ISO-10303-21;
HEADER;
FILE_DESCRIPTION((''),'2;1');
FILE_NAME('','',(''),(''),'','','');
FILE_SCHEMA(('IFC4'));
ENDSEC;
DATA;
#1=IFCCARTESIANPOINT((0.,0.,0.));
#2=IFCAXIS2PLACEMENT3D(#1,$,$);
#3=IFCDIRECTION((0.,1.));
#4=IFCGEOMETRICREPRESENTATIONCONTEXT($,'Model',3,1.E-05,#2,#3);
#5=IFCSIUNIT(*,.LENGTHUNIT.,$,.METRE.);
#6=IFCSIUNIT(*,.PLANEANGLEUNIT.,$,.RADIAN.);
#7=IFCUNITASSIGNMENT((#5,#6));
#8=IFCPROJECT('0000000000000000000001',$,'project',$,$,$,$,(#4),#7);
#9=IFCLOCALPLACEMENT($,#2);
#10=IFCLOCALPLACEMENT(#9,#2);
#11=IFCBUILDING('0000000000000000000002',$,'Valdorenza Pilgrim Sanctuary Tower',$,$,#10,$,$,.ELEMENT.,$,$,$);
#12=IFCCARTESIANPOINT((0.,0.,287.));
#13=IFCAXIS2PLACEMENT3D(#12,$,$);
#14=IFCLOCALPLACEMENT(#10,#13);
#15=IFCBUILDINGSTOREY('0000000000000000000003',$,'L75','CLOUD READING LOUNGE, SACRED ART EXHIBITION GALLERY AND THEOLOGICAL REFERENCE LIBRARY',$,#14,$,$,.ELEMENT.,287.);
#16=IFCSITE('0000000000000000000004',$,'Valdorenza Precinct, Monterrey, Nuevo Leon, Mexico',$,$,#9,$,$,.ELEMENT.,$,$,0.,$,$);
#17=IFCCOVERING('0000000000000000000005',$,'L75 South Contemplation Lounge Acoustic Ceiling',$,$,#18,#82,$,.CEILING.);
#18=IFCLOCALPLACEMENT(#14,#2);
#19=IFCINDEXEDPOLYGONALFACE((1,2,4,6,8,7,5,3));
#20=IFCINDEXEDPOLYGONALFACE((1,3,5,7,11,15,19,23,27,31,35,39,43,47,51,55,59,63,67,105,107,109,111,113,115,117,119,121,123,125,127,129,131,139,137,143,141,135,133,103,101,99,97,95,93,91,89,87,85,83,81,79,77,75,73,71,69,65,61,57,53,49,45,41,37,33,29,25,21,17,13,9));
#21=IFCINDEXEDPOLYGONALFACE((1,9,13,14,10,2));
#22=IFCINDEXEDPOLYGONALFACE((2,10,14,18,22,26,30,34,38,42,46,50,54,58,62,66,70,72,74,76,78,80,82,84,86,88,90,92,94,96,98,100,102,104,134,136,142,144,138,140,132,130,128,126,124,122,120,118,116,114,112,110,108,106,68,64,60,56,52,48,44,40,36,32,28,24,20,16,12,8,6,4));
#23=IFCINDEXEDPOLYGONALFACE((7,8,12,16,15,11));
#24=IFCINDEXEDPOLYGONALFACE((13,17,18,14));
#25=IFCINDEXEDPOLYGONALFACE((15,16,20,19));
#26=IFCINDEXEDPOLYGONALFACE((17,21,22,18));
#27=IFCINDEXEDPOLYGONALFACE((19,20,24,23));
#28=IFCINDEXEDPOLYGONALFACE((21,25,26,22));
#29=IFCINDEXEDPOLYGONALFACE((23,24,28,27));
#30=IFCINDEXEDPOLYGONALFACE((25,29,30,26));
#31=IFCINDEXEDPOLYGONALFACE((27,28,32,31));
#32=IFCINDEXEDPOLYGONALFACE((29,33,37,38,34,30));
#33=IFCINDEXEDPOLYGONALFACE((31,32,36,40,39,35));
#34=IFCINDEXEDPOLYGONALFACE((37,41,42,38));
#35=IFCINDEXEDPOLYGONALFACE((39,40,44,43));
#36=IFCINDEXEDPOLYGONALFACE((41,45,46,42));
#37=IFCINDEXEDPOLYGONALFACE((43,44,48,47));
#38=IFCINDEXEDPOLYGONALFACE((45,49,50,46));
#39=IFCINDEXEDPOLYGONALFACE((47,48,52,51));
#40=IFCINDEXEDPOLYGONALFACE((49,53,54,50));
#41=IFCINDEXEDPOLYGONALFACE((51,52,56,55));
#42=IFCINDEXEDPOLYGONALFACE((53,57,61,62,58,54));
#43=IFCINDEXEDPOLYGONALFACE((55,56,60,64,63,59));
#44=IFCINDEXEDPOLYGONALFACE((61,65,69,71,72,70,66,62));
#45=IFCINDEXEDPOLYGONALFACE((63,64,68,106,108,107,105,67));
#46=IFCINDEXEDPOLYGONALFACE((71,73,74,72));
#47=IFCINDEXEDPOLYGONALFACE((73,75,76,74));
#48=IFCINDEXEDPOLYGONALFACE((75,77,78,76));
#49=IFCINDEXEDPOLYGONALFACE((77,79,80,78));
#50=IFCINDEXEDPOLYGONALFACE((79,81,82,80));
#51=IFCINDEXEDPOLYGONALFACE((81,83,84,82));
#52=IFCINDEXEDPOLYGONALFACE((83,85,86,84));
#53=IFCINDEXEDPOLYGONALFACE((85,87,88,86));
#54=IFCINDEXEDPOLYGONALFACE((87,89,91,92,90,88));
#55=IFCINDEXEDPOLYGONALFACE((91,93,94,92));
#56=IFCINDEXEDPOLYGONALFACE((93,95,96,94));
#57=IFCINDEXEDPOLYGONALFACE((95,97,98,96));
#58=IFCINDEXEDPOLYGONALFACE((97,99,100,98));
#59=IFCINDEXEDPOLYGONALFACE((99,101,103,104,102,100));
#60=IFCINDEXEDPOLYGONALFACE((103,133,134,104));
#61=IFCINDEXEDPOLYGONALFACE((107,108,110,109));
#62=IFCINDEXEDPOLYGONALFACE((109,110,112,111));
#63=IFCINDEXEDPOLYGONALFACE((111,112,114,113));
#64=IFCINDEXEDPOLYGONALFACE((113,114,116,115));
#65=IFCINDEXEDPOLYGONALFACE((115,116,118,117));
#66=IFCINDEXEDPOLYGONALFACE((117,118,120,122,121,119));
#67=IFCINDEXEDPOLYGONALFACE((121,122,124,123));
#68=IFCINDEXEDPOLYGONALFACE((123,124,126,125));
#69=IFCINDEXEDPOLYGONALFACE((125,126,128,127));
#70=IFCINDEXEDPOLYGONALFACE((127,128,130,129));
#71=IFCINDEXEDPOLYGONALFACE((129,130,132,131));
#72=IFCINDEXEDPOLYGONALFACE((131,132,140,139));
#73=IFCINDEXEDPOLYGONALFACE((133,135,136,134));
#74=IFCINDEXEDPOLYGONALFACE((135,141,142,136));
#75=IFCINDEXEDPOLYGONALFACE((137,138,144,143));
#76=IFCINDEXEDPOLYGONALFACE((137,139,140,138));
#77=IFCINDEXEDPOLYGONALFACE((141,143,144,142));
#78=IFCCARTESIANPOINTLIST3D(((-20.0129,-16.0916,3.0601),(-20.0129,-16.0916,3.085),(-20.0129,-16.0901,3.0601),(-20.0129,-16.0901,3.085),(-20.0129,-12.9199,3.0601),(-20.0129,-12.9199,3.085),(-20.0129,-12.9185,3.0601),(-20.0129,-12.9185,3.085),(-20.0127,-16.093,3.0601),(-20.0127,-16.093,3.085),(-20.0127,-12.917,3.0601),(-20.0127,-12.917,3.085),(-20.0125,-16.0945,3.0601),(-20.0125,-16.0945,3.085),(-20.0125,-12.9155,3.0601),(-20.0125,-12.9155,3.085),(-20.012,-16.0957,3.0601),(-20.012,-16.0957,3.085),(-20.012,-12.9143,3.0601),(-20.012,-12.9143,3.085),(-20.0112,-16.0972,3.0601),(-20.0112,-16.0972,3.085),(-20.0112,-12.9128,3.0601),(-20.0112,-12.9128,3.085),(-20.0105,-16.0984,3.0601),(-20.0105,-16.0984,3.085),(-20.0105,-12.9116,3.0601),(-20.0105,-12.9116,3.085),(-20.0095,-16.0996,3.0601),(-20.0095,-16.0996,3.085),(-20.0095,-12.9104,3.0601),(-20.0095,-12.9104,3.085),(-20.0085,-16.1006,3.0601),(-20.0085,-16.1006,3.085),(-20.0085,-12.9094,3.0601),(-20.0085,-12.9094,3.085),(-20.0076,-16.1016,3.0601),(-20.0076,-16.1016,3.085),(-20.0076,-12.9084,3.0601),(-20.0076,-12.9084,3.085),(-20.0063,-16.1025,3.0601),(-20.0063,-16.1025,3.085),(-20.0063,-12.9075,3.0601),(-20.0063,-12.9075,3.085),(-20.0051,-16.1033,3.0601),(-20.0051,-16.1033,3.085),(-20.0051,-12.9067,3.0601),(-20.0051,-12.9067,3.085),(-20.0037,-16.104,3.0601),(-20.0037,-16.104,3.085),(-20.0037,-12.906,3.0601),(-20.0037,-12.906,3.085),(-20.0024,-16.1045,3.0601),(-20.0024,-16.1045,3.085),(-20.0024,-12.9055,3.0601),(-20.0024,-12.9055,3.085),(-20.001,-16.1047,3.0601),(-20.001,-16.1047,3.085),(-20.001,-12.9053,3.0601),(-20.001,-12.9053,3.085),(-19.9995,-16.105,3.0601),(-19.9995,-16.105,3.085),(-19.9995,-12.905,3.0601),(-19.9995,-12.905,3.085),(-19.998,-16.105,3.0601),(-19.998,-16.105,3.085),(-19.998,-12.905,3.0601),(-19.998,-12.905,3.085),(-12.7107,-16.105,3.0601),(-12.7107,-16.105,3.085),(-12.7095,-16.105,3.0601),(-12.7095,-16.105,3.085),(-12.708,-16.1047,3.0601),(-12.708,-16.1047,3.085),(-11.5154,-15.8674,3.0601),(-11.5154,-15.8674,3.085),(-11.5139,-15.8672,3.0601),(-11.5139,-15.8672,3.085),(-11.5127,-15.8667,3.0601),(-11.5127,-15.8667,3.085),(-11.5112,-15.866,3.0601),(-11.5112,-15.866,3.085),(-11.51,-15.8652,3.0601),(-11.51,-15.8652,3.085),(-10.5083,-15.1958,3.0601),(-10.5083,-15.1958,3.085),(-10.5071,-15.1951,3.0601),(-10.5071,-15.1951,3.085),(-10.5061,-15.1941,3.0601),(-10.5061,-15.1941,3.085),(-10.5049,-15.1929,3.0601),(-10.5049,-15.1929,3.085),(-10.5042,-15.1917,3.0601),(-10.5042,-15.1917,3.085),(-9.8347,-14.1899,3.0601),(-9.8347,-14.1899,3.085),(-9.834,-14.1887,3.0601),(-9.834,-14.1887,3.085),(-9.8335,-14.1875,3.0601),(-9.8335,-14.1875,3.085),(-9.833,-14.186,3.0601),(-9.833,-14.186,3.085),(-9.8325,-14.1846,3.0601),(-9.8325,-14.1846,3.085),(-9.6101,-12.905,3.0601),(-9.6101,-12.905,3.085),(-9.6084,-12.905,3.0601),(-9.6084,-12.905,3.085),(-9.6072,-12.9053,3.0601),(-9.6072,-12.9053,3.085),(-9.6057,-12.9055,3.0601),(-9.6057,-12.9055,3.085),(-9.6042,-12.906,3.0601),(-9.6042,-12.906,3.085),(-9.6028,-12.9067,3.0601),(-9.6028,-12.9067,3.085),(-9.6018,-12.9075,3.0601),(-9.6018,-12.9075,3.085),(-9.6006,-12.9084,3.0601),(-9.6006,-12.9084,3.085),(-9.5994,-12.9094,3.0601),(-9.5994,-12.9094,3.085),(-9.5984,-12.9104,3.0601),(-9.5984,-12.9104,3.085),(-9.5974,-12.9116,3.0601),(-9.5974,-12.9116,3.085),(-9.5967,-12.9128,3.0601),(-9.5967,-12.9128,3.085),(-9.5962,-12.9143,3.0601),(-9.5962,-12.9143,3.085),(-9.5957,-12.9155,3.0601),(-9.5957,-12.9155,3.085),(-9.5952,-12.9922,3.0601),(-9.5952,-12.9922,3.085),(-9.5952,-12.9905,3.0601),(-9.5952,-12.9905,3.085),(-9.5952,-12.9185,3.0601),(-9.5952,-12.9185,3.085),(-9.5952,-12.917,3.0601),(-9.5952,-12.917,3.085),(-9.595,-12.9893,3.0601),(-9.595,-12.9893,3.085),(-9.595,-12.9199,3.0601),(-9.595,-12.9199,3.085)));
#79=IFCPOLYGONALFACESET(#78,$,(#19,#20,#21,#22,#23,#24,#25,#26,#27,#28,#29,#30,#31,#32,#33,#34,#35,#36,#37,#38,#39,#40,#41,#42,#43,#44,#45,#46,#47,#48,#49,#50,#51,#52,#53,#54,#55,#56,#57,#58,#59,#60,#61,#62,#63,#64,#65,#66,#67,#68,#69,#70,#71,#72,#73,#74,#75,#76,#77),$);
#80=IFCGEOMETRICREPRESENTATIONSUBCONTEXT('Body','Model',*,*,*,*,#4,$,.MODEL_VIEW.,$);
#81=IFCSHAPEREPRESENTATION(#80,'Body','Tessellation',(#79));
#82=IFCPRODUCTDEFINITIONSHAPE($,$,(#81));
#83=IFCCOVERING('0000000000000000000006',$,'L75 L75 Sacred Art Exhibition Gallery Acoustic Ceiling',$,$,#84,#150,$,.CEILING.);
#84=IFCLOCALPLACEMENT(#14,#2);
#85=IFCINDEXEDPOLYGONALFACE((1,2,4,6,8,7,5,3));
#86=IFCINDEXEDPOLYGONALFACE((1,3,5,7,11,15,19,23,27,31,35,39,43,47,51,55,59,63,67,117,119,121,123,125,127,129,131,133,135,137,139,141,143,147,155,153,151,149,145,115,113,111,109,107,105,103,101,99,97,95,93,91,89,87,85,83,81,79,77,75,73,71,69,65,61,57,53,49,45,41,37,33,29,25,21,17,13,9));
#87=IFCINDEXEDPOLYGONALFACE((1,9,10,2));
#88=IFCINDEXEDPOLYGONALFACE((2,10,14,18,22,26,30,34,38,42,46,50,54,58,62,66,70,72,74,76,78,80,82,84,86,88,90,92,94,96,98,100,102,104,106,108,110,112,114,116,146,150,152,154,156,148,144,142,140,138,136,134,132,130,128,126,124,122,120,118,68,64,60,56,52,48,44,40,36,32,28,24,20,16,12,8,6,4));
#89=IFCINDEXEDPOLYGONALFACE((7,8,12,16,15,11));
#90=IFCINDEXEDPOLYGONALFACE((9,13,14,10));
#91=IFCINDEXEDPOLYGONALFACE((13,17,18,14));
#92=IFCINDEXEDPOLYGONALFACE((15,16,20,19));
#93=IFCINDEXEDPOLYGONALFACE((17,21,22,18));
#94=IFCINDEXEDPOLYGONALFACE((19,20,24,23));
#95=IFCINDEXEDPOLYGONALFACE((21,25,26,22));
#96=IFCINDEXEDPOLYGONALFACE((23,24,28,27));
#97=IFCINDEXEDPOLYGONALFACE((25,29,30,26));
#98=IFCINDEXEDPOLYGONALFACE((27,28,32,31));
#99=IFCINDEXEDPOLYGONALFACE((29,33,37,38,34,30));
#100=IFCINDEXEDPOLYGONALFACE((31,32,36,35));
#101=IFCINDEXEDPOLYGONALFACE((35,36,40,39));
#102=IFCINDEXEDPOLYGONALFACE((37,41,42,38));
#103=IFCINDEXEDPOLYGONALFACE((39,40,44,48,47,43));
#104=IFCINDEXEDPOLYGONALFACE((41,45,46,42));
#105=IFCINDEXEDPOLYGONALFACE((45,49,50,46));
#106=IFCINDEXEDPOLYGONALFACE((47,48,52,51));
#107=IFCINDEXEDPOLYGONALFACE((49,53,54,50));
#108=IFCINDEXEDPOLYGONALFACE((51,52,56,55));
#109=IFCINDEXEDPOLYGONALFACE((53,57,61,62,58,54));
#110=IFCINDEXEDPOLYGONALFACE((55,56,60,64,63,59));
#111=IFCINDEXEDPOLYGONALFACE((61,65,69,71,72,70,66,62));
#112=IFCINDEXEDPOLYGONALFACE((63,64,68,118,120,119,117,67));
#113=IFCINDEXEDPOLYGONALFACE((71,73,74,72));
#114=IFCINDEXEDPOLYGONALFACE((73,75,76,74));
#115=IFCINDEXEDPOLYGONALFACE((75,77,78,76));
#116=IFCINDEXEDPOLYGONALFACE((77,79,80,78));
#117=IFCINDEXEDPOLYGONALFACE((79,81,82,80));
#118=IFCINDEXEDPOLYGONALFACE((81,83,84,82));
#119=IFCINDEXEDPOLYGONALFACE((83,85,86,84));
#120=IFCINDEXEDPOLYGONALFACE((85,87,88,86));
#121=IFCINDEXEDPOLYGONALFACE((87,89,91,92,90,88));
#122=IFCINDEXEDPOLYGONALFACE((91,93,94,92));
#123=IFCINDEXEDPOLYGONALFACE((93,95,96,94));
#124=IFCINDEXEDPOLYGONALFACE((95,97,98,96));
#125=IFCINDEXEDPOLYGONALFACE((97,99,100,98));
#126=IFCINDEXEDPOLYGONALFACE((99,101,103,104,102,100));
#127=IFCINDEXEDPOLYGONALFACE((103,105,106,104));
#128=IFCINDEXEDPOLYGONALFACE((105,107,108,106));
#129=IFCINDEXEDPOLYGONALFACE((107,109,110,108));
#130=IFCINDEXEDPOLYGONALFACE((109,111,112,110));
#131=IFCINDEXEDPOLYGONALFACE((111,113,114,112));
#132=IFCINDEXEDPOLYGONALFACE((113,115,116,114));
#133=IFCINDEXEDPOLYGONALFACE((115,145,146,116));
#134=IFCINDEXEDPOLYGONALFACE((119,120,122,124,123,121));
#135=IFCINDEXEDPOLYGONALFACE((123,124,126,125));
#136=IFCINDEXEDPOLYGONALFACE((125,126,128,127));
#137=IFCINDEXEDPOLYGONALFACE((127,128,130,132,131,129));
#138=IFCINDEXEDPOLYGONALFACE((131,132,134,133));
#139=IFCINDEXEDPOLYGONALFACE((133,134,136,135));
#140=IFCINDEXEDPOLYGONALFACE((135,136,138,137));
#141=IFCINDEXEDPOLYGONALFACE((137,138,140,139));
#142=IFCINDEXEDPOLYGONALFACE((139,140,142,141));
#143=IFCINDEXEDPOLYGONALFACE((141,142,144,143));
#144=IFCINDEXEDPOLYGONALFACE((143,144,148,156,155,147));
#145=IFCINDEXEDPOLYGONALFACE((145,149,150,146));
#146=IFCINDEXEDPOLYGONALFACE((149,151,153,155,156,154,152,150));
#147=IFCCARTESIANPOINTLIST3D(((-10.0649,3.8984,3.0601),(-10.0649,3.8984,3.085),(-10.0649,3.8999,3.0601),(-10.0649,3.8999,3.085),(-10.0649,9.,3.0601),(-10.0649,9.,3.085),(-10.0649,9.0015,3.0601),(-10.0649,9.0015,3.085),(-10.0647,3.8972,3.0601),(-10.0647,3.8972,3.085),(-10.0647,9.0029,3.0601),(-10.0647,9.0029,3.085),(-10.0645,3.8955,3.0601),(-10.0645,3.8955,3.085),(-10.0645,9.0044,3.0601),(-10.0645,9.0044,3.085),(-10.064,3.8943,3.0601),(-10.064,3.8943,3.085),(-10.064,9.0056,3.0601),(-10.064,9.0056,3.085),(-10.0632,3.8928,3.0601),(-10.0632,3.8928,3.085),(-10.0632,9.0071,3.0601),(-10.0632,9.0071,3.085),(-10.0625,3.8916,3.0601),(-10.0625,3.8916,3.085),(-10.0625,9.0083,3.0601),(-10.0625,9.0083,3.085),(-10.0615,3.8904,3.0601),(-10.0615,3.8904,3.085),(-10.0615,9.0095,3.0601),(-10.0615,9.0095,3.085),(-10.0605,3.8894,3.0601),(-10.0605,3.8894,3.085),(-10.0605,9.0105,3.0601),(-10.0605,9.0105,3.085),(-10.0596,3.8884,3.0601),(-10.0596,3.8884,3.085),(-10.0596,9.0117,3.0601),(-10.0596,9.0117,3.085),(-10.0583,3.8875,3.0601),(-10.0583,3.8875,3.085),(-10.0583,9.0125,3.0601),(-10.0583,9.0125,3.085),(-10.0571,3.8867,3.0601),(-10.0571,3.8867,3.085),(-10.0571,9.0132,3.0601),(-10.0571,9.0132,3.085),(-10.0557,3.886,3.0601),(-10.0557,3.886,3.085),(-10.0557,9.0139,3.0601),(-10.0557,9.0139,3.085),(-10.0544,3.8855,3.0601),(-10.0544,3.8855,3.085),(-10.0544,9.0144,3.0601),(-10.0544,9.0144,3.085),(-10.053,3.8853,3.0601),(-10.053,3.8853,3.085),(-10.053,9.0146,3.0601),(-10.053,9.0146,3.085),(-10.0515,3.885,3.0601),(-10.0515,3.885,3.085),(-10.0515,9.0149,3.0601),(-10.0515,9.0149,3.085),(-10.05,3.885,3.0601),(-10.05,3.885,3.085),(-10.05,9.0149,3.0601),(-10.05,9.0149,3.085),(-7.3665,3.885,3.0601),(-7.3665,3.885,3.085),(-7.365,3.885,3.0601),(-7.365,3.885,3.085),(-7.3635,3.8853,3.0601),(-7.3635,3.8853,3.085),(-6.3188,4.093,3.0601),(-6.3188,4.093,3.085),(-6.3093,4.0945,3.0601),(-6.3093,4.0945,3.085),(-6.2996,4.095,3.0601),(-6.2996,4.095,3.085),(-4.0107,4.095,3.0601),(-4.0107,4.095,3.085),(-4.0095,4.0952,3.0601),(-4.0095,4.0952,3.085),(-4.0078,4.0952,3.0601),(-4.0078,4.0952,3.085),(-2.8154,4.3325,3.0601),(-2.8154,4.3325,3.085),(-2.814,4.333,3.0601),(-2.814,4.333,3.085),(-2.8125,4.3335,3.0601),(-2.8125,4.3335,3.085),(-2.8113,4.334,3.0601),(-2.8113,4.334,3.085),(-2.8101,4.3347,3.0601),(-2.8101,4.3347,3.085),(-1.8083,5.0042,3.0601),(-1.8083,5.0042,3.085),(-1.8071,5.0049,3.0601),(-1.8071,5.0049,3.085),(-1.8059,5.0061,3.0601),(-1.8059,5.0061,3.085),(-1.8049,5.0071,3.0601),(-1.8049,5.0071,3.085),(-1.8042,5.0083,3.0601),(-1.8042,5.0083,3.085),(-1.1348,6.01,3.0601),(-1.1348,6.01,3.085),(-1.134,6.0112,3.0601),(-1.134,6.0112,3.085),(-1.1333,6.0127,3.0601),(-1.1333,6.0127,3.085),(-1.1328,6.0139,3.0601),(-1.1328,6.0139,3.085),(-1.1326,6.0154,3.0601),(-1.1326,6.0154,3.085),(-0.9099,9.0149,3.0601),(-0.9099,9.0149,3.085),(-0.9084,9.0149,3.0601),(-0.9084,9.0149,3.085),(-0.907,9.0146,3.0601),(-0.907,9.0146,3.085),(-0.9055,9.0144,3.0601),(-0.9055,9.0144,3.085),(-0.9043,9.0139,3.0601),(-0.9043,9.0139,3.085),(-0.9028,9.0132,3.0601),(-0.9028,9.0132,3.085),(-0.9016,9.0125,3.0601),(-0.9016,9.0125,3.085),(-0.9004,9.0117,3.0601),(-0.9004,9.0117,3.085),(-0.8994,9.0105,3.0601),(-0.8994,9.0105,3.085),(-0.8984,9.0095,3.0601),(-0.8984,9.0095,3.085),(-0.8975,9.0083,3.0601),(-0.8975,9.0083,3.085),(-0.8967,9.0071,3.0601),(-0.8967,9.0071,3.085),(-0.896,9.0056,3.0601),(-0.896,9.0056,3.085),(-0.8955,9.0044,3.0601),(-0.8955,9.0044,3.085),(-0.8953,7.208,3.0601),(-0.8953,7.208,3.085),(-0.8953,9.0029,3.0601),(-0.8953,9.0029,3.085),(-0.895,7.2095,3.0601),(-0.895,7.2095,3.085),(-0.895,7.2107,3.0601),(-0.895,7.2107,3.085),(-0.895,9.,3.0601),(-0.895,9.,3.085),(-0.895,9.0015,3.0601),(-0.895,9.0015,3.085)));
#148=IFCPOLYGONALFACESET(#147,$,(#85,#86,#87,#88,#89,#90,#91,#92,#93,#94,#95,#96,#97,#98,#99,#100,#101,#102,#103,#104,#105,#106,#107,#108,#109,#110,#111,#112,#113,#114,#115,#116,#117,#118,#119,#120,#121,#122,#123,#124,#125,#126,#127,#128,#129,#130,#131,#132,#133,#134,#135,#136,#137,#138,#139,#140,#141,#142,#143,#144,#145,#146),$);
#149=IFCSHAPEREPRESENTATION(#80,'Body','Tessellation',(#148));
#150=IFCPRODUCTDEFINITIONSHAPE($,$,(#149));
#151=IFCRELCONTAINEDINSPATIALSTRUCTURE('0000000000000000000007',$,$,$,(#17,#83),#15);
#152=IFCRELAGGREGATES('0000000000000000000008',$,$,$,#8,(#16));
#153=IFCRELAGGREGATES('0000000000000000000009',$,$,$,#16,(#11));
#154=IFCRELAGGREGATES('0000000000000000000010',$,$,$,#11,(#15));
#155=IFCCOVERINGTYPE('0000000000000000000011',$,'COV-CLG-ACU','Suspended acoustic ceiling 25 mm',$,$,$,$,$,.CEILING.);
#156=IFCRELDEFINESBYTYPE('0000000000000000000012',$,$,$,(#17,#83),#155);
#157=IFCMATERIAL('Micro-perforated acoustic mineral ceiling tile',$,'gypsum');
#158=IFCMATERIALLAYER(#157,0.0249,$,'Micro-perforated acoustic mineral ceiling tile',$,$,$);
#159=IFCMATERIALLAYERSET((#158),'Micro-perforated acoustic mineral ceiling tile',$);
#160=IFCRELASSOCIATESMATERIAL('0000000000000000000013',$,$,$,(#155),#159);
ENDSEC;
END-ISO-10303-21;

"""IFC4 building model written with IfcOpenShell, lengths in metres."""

from ifc_helpers import new_model, si_unit, direction, frame, origin, place, context, subcontext, project, spatial, polyline, outline, extrude, material, layer, layer_set, type_object, element, save


model = new_model("IFC4")

# Units and contexts
model_context = context("Model", 3, precision=1e-05, world=origin(), true_north=direction((0.0, 1.0)))
body_context = subcontext(model_context, "Body", "Model", "MODEL_VIEW")
ifc_project = project(units=[si_unit("LENGTHUNIT", "METRE"), si_unit("PLANEANGLEUNIT", "RADIAN")], contexts=[model_context])

# Site, building, storey
site_placement = place(None, origin())
site = spatial("IfcSite", under=ifc_project, at=site_placement, Name="Valdorenza Precinct, Monterrey, Nuevo Leon, Mexico", CompositionType="ELEMENT", RefElevation=0.0)
building_placement = place(site_placement, origin())
building = spatial("IfcBuilding", under=site, at=building_placement, Name="Valdorenza Pilgrim Sanctuary Tower", CompositionType="ELEMENT")
storey_placement = place(building_placement, frame((0.0, 0.0, 287.0)))
storey = spatial("IfcBuildingStorey", under=building, at=storey_placement, Name="L75", Description="CLOUD READING LOUNGE, SACRED ART EXHIBITION GALLERY AND THEOLOGICAL REFERENCE LIBRARY", CompositionType="ELEMENT", Elevation=287.0)

# Coverings
ifc_material_1 = material(Name="Micro-perforated acoustic mineral ceiling tile", Category="gypsum")
ifc_layer_1 = layer(ifc_material_1, 0.0249, Name="Micro-perforated acoustic mineral ceiling tile")
ifc_layer_set_1 = layer_set([ifc_layer_1], Name="Micro-perforated acoustic mineral ceiling tile")
covering_type_1 = type_object("IfcCoveringType", Name="COV-CLG-ACU", Description="Suspended acoustic ceiling 25 mm", PredefinedType="CEILING", material=ifc_layer_set_1)
covering_1_placement = place(storey_placement, frame((0.0, 0.0, 3.0601)))
element("IfcCovering", 1, at=covering_1_placement, inside=storey, type_object=covering_type_1, Name="L75 South Contemplation Lounge Acoustic Ceiling", PredefinedType="CEILING", context=body_context, shape_type="SweptSolid", body=[
    extrude(outline(polyline([(-9.6101, -12.905), (-9.6084, -12.905), (-9.6072, -12.9053), (-9.6057, -12.9055), (-9.6042, -12.906), (-9.6028, -12.9067), (-9.6018, -12.9075), (-9.6006, -12.9084), (-9.5994, -12.9094), (-9.5984, -12.9104), (-9.5974, -12.9116), (-9.5967, -12.9128), (-9.5962, -12.9143), (-9.5957, -12.9155), (-9.5952, -12.917), (-9.5952, -12.9185), (-9.595, -12.9199), (-9.595, -12.9893), (-9.5952, -12.9905), (-9.5952, -12.9922), (-9.8325, -14.1846), (-9.833, -14.186), (-9.8335, -14.1875), (-9.834, -14.1887), (-9.8347, -14.1899), (-10.5042, -15.1917), (-10.5049, -15.1929), (-10.5061, -15.1941), (-10.5071, -15.1951), (-10.5083, -15.1958), (-11.51, -15.8652), (-11.5112, -15.866), (-11.5127, -15.8667), (-11.5139, -15.8672), (-11.5154, -15.8674), (-12.708, -16.1047), (-12.7095, -16.105), (-12.7107, -16.105), (-19.998, -16.105), (-19.9995, -16.105), (-20.001, -16.1047), (-20.0024, -16.1045), (-20.0037, -16.104), (-20.0051, -16.1033), (-20.0063, -16.1025), (-20.0076, -16.1016), (-20.0085, -16.1006), (-20.0095, -16.0996), (-20.0105, -16.0984), (-20.0112, -16.0972), (-20.012, -16.0957), (-20.0125, -16.0945), (-20.0127, -16.093), (-20.0129, -16.0916), (-20.0129, -16.0901), (-20.0129, -12.9199), (-20.0129, -12.9185), (-20.0127, -12.917), (-20.0125, -12.9155), (-20.012, -12.9143), (-20.0112, -12.9128), (-20.0105, -12.9116), (-20.0095, -12.9104), (-20.0085, -12.9094), (-20.0076, -12.9084), (-20.0063, -12.9075), (-20.0051, -12.9067), (-20.0037, -12.906), (-20.0024, -12.9055), (-20.001, -12.9053), (-19.9995, -12.905), (-19.998, -12.905), (-9.6101, -12.905)])), origin(), (0.0, 0.0, 1.0), 0.0249),
])
covering_2_placement = place(storey_placement, frame((0.0, 0.0, 3.0601)))
element("IfcCovering", 2, at=covering_2_placement, inside=storey, type_object=covering_type_1, Name="L75 L75 Sacred Art Exhibition Gallery Acoustic Ceiling", PredefinedType="CEILING", context=body_context, shape_type="SweptSolid", body=[
    extrude(outline(polyline([(-10.0649, 9.0), (-10.0649, 9.0015), (-10.0647, 9.0029), (-10.0645, 9.0044), (-10.064, 9.0056), (-10.0632, 9.0071), (-10.0625, 9.0083), (-10.0615, 9.0095), (-10.0605, 9.0105), (-10.0596, 9.0117), (-10.0583, 9.0125), (-10.0571, 9.0132), (-10.0557, 9.0139), (-10.0544, 9.0144), (-10.053, 9.0146), (-10.0515, 9.0149), (-10.05, 9.0149), (-0.9099, 9.0149), (-0.9084, 9.0149), (-0.907, 9.0146), (-0.9055, 9.0144), (-0.9043, 9.0139), (-0.9028, 9.0132), (-0.9016, 9.0125), (-0.9004, 9.0117), (-0.8994, 9.0105), (-0.8984, 9.0095), (-0.8975, 9.0083), (-0.8967, 9.0071), (-0.896, 9.0056), (-0.8955, 9.0044), (-0.8953, 9.0029), (-0.895, 9.0015), (-0.895, 9.0), (-0.895, 7.2107), (-0.895, 7.2095), (-0.8953, 7.208), (-1.1326, 6.0154), (-1.1328, 6.0139), (-1.1333, 6.0127), (-1.134, 6.0112), (-1.1348, 6.01), (-1.8042, 5.0083), (-1.8049, 5.0071), (-1.8059, 5.0061), (-1.8071, 5.0049), (-1.8083, 5.0042), (-2.8101, 4.3347), (-2.8113, 4.334), (-2.8125, 4.3335), (-2.814, 4.333), (-2.8154, 4.3325), (-4.0078, 4.0952), (-4.0095, 4.0952), (-4.0107, 4.095), (-6.2996, 4.095), (-6.3093, 4.0945), (-6.3188, 4.093), (-7.3635, 3.8853), (-7.365, 3.885), (-7.3665, 3.885), (-10.05, 3.885), (-10.0515, 3.885), (-10.053, 3.8853), (-10.0544, 3.8855), (-10.0557, 3.886), (-10.0571, 3.8867), (-10.0583, 3.8875), (-10.0596, 3.8884), (-10.0605, 3.8894), (-10.0615, 3.8904), (-10.0625, 3.8916), (-10.0632, 3.8928), (-10.064, 3.8943), (-10.0645, 3.8955), (-10.0647, 3.8972), (-10.0649, 3.8984), (-10.0649, 3.8999), (-10.0649, 9.0)])), origin(), (0.0, 0.0, 1.0), 0.0249),
])

save(model, "model.ifc")
